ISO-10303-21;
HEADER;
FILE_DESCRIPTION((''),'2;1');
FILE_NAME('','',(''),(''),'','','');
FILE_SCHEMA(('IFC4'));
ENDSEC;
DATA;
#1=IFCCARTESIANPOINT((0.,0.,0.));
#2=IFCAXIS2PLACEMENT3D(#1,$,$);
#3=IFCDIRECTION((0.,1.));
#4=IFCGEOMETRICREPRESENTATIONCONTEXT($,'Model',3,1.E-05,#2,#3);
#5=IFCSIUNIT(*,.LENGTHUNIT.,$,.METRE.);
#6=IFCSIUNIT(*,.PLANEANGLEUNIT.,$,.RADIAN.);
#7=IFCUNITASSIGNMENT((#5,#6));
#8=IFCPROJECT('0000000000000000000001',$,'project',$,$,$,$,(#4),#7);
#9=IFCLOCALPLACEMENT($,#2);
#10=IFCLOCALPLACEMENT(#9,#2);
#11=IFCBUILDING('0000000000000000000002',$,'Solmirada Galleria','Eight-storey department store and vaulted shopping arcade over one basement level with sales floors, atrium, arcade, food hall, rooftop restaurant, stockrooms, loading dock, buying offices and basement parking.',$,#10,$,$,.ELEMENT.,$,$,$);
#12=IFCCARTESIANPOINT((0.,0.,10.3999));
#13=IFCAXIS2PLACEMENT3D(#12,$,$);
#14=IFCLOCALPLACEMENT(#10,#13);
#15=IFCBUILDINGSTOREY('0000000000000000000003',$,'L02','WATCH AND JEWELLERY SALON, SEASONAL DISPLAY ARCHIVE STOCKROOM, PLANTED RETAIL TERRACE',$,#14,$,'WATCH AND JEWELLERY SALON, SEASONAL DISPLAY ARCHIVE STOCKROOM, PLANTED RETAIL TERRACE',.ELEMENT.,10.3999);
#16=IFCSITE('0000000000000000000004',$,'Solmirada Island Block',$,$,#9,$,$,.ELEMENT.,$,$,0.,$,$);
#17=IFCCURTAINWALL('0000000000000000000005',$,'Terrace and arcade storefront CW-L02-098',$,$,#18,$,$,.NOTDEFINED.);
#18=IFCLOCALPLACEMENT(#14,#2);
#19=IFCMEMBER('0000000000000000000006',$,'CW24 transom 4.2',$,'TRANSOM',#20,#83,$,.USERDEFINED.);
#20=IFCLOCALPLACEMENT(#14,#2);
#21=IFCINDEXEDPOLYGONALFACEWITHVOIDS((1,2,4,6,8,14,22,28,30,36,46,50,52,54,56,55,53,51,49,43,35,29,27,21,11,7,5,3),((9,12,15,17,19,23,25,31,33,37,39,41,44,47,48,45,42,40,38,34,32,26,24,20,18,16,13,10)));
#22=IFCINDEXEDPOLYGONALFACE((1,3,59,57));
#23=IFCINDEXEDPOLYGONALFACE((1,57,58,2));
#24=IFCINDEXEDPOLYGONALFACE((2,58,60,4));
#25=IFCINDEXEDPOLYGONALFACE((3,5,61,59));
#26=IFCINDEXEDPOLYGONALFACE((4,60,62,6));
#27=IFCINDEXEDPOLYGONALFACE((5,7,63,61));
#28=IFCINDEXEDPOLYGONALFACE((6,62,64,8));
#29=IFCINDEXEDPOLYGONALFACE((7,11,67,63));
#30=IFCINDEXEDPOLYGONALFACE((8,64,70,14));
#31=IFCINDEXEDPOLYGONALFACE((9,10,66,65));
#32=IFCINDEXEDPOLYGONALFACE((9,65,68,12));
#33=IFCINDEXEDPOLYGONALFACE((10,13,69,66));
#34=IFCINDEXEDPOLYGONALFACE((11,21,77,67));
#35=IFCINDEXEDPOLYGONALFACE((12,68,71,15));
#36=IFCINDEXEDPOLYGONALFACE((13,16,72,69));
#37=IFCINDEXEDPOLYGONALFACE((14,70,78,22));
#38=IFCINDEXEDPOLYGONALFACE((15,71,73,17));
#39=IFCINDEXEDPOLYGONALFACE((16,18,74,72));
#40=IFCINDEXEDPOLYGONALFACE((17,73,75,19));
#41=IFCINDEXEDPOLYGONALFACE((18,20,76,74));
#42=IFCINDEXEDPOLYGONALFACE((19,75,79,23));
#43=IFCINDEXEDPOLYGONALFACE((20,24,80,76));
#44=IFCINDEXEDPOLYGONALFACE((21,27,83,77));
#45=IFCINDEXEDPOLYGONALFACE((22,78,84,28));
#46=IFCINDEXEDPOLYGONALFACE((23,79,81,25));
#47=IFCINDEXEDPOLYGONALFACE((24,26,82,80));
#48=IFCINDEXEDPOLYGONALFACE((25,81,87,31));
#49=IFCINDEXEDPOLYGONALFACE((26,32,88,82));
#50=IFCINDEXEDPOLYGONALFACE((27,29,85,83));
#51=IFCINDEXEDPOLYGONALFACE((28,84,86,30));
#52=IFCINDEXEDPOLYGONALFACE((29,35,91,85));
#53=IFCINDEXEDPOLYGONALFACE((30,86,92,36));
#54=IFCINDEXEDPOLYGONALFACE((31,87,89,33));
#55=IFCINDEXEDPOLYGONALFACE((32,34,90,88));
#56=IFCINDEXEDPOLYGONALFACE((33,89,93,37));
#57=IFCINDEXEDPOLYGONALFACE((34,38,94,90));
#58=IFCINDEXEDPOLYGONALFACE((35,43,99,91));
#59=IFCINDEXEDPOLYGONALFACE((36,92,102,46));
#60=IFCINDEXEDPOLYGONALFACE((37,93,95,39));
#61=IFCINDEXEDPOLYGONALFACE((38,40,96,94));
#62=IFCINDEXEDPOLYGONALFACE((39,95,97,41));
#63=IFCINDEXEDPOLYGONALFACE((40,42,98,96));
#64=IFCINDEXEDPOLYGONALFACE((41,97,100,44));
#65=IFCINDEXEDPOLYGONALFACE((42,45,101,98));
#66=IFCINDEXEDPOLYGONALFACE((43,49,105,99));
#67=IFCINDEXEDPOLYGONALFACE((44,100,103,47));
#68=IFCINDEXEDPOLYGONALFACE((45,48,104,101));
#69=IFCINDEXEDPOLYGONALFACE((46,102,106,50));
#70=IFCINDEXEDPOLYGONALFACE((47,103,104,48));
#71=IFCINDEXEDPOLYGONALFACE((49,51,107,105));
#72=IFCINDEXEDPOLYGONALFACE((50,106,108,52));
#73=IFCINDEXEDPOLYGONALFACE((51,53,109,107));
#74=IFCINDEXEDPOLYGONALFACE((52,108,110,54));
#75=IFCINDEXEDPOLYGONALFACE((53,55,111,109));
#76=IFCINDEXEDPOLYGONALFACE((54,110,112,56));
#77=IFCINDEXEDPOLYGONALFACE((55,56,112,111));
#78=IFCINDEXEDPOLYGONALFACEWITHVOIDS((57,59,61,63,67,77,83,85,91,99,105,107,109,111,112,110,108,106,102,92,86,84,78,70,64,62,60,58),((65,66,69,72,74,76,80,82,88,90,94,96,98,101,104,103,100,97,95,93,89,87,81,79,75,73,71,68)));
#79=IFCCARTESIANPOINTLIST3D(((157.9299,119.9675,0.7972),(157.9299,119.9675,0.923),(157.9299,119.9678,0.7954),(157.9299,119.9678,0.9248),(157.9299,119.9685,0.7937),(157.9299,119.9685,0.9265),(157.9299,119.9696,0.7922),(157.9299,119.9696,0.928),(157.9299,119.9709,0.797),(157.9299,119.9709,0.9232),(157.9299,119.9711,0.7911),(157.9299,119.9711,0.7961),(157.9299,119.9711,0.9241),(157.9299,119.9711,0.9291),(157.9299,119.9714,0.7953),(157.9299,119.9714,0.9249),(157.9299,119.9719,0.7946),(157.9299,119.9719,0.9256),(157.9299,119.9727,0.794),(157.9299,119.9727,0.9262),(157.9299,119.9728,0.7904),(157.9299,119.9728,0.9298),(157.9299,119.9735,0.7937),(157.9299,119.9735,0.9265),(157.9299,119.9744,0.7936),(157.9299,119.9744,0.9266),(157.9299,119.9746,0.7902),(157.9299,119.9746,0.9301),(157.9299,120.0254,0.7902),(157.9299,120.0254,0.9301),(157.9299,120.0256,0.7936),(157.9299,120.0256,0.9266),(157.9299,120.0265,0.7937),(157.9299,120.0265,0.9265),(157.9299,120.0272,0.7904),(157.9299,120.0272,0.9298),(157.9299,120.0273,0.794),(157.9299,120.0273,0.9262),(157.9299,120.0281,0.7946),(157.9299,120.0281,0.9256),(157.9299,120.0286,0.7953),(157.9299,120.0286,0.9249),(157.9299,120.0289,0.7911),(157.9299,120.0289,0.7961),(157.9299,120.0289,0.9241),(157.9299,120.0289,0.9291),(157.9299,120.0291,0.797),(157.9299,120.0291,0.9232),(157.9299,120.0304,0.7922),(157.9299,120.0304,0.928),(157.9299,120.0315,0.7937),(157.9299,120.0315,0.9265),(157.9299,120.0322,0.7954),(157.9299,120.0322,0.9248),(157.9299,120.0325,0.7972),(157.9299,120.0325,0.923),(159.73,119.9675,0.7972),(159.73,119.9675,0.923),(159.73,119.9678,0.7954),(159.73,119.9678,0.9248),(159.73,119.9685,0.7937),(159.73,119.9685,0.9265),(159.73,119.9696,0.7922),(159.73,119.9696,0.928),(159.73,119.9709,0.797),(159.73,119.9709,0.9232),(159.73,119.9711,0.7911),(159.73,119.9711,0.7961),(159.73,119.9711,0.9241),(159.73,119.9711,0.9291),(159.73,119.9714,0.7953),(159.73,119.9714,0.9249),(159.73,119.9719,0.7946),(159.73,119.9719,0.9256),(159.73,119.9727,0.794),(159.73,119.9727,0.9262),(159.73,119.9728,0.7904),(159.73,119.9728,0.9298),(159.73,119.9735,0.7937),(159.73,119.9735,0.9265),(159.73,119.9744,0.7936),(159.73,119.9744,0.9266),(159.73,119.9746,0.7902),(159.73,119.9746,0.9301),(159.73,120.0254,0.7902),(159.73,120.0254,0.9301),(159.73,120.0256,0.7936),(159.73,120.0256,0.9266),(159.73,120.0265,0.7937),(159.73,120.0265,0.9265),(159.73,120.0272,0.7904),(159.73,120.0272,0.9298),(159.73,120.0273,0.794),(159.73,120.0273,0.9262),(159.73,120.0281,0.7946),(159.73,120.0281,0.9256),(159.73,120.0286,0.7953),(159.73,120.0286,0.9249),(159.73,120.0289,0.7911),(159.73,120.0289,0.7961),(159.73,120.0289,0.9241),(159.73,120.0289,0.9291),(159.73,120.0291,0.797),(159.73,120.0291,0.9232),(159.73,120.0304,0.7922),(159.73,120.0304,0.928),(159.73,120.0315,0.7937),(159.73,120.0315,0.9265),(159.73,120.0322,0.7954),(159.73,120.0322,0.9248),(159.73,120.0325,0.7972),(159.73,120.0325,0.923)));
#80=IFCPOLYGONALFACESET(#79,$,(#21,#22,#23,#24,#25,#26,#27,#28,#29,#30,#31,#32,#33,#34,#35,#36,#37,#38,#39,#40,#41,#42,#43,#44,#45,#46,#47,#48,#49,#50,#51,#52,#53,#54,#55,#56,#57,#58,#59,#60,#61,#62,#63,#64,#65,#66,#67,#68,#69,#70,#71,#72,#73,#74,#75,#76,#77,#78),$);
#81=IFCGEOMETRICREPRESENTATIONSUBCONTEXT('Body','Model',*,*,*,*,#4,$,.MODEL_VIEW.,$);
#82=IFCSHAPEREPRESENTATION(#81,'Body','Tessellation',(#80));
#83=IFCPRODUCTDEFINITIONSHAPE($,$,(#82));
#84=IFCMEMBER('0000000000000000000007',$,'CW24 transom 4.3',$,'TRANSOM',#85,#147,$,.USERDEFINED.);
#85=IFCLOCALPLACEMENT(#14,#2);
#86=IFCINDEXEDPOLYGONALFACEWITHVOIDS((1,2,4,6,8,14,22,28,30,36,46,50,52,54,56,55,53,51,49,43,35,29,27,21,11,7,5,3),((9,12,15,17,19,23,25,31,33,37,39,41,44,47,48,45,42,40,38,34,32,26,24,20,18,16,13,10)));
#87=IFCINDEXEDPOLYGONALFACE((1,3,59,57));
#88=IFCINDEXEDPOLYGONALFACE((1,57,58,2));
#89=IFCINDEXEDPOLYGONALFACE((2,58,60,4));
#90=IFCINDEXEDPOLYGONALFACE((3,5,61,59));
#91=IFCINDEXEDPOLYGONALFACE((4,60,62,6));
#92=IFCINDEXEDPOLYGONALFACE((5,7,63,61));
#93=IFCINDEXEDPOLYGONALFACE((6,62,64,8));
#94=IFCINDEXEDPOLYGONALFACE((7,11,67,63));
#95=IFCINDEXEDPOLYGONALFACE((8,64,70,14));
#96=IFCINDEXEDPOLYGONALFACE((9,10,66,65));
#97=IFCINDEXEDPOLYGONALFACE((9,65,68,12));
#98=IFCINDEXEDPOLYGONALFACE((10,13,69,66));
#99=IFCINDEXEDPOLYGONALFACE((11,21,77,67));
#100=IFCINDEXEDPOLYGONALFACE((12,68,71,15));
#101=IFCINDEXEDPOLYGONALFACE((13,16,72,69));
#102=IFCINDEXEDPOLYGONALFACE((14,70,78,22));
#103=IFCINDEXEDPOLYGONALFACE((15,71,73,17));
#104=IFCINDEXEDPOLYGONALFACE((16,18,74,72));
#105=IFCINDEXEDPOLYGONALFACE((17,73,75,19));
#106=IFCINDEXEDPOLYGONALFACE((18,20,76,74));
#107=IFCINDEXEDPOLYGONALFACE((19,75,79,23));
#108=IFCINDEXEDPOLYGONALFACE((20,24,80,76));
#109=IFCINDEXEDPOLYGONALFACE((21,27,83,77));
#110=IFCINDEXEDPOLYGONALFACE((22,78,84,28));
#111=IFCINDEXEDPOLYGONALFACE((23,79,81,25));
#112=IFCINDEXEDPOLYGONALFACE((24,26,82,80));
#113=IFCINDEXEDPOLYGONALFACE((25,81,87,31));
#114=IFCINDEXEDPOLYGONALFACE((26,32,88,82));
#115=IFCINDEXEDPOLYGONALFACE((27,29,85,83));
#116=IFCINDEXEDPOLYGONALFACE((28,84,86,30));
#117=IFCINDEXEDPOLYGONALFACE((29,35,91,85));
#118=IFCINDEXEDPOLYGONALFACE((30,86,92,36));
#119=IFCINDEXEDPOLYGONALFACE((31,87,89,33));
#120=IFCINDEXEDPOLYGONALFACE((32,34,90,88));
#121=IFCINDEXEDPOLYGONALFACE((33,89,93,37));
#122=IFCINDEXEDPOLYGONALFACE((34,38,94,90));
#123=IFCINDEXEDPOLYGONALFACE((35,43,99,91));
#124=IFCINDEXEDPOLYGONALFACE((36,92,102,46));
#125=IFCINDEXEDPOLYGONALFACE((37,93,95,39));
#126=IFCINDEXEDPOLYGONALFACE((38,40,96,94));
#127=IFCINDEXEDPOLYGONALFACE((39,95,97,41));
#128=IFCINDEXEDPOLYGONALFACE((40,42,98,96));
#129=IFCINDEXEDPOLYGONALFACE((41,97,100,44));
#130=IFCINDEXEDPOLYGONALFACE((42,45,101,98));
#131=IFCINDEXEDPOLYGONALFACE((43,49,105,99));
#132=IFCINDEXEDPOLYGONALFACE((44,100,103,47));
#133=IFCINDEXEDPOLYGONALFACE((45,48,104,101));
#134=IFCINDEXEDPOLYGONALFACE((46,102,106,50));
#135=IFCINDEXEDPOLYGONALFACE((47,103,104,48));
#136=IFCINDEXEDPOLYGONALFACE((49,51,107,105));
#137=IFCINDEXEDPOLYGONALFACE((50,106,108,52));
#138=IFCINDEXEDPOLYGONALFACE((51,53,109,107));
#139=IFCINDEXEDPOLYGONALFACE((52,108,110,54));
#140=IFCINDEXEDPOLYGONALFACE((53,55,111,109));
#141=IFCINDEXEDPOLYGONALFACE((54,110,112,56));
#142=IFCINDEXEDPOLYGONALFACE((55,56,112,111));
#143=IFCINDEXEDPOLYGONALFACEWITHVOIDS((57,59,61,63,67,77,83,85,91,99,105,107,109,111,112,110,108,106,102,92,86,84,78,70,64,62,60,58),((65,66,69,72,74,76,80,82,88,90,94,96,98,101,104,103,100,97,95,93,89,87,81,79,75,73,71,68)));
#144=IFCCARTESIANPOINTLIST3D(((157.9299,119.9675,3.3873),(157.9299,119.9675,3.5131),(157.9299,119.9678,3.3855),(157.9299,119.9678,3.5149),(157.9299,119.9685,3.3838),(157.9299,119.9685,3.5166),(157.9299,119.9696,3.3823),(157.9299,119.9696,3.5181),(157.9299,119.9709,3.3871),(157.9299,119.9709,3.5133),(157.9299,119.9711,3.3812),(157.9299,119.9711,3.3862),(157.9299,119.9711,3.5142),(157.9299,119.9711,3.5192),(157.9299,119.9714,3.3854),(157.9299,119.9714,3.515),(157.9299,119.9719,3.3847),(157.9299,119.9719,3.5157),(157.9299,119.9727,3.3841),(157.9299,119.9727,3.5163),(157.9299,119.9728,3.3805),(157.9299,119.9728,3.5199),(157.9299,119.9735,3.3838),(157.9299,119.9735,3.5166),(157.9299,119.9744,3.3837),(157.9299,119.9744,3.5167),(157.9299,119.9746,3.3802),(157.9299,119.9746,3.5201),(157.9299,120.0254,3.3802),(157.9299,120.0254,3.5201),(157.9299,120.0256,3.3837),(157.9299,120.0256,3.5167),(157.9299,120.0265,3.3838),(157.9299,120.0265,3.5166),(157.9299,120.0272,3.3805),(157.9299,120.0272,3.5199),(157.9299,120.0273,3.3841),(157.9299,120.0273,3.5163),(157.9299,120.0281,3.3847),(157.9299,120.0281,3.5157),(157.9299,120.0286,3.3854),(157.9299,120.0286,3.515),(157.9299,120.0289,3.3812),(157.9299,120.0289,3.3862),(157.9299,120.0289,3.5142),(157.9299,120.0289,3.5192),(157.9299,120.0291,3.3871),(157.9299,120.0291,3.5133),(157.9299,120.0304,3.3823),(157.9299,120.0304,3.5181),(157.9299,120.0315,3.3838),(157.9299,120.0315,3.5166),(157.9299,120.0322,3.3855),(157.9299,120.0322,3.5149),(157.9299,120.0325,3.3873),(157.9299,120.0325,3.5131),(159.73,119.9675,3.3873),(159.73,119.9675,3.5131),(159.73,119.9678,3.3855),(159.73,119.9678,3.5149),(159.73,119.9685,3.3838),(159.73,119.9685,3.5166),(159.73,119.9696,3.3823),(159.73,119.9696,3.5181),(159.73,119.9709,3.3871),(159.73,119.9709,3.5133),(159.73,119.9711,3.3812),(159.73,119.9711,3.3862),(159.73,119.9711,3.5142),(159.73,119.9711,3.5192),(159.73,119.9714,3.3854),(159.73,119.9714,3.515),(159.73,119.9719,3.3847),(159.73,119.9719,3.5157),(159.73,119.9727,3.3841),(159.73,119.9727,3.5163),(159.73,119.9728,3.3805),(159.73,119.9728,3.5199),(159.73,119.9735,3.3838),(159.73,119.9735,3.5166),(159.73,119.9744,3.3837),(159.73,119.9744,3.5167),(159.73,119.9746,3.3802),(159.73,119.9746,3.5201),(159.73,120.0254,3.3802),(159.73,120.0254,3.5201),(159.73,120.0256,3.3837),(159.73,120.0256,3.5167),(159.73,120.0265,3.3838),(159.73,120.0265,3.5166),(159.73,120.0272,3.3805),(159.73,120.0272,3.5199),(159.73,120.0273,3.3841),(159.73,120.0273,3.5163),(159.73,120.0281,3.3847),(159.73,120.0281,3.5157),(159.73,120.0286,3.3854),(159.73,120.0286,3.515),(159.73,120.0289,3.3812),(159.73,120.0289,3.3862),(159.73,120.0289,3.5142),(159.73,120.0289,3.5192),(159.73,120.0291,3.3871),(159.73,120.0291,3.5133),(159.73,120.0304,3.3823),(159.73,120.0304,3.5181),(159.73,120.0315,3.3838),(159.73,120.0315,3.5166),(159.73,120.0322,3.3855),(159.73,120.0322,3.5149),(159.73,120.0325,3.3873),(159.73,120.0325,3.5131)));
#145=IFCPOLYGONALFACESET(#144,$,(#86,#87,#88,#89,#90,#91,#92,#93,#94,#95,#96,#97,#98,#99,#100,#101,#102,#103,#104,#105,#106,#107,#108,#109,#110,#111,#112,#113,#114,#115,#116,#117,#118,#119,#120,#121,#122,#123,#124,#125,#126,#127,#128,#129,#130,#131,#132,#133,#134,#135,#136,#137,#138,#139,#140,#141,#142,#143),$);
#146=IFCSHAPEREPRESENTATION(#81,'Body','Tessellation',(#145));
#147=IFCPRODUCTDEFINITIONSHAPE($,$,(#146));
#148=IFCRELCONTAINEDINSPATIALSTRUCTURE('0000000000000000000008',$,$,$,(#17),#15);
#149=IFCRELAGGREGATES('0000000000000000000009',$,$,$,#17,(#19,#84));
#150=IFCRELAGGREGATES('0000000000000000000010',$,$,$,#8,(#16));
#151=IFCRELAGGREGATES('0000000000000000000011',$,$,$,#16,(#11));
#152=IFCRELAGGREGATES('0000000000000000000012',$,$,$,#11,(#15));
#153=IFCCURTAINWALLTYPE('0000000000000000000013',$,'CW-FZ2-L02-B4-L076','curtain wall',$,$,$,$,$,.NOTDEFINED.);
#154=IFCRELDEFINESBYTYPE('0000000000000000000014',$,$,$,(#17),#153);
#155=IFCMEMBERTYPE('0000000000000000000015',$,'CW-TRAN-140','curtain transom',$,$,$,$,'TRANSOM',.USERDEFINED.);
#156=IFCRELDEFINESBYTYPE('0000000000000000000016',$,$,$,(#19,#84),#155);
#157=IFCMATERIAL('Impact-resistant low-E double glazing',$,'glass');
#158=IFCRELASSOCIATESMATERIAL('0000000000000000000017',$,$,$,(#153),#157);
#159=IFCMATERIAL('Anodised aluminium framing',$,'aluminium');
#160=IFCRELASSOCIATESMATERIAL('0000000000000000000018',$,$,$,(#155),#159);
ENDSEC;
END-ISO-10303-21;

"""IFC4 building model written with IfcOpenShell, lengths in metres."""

from ifc_helpers import new_model, si_unit, direction, frame, origin, origin_2d, place, context, subcontext, project, spatial, hollow_rectangle, extrude, material, material_profile, profile_set, type_object, element, aggregate, save


model = new_model("IFC4")

# Units and contexts
model_context = context("Model", 3, precision=1e-05, world=origin(), true_north=direction((0.0, 1.0)))
body_context = subcontext(model_context, "Body", "Model", "MODEL_VIEW")
ifc_project = project(units=[si_unit("LENGTHUNIT", "METRE"), si_unit("PLANEANGLEUNIT", "RADIAN")], contexts=[model_context])

# Site, building, storey
site_placement = place(None, origin())
site = spatial("IfcSite", under=ifc_project, at=site_placement, Name="Solmirada Island Block", CompositionType="ELEMENT", RefElevation=0.0)
building_placement = place(site_placement, origin())
building = spatial("IfcBuilding", under=site, at=building_placement, Name="Solmirada Galleria", Description="Eight-storey department store and vaulted shopping arcade over one basement level with sales floors, atrium, arcade, food hall, rooftop restaurant, stockrooms, loading dock, buying offices and basement parking.", CompositionType="ELEMENT")
storey_placement = place(building_placement, frame((0.0, 0.0, 10.3999)))
storey = spatial("IfcBuildingStorey", under=building, at=storey_placement, Name="L02", Description="WATCH AND JEWELLERY SALON, SEASONAL DISPLAY ARCHIVE STOCKROOM, PLANTED RETAIL TERRACE", LongName="WATCH AND JEWELLERY SALON, SEASONAL DISPLAY ARCHIVE STOCKROOM, PLANTED RETAIL TERRACE", CompositionType="ELEMENT", Elevation=10.3999)

# Curtain wall, members
ifc_material_1 = material(Name="Impact-resistant low-E double glazing", Category="glass")
curtain_wall_type = type_object("IfcCurtainWallType", Name="CW-FZ2-L02-B4-L076", Description="curtain wall", PredefinedType="NOTDEFINED", material=ifc_material_1)
curtain_wall_placement = place(storey_placement, origin())
curtain_wall = element("IfcCurtainWall", 1, at=curtain_wall_placement, inside=storey, type_object=curtain_wall_type, Name="Terrace and arcade storefront CW-L02-098", PredefinedType="NOTDEFINED")
ifc_material_2 = material(Name="Anodised aluminium framing", Category="aluminium")
ifc_material_profile_1 = material_profile(ifc_material_2, hollow_rectangle(XDim=0.0649, YDim=0.1399, WallThickness=0.0034, InnerFilletRadius=0.0034, OuterFilletRadius=0.0071, at=origin_2d()), Name="ALU-TRAN-140X65")
ifc_profile_set_1 = profile_set([ifc_material_profile_1], Name="Anodised aluminium framing")
member_type_1 = type_object("IfcMemberType", Name="CW-TRAN-140", Description="curtain transom", ElementType="TRANSOM", PredefinedType="USERDEFINED", material=ifc_profile_set_1)
member_1_placement = place(storey_placement, frame((157.9299, 120.0, 0.8601), z_axis=(1.0, 0.0, 0.0), x_axis=(0.0, 1.0, 0.0)))
member_1 = element("IfcMember", 2, at=member_1_placement, type_object=member_type_1, Name="CW24 transom 4.2", ObjectType="TRANSOM", PredefinedType="USERDEFINED", context=body_context, shape_type="SweptSolid", body=[
    extrude(hollow_rectangle(XDim=0.0649, YDim=0.1399, WallThickness=0.0034, InnerFilletRadius=0.0034, OuterFilletRadius=0.0071, at=origin_2d()), origin(), (0.0, 0.0, 1.0), 1.8),
])
member_2_placement = place(storey_placement, frame((157.9299, 120.0, 3.4502), z_axis=(1.0, 0.0, 0.0), x_axis=(0.0, 1.0, 0.0)))
member_2 = element("IfcMember", 3, at=member_2_placement, type_object=member_type_1, Name="CW24 transom 4.3", ObjectType="TRANSOM", PredefinedType="USERDEFINED", context=body_context, shape_type="SweptSolid", body=[
    extrude(hollow_rectangle(XDim=0.0649, YDim=0.1399, WallThickness=0.0034, InnerFilletRadius=0.0034, OuterFilletRadius=0.0071, at=origin_2d()), origin(), (0.0, 0.0, 1.0), 1.8),
])
aggregate(curtain_wall, [member_1, member_2])

save(model, "model.ifc")
